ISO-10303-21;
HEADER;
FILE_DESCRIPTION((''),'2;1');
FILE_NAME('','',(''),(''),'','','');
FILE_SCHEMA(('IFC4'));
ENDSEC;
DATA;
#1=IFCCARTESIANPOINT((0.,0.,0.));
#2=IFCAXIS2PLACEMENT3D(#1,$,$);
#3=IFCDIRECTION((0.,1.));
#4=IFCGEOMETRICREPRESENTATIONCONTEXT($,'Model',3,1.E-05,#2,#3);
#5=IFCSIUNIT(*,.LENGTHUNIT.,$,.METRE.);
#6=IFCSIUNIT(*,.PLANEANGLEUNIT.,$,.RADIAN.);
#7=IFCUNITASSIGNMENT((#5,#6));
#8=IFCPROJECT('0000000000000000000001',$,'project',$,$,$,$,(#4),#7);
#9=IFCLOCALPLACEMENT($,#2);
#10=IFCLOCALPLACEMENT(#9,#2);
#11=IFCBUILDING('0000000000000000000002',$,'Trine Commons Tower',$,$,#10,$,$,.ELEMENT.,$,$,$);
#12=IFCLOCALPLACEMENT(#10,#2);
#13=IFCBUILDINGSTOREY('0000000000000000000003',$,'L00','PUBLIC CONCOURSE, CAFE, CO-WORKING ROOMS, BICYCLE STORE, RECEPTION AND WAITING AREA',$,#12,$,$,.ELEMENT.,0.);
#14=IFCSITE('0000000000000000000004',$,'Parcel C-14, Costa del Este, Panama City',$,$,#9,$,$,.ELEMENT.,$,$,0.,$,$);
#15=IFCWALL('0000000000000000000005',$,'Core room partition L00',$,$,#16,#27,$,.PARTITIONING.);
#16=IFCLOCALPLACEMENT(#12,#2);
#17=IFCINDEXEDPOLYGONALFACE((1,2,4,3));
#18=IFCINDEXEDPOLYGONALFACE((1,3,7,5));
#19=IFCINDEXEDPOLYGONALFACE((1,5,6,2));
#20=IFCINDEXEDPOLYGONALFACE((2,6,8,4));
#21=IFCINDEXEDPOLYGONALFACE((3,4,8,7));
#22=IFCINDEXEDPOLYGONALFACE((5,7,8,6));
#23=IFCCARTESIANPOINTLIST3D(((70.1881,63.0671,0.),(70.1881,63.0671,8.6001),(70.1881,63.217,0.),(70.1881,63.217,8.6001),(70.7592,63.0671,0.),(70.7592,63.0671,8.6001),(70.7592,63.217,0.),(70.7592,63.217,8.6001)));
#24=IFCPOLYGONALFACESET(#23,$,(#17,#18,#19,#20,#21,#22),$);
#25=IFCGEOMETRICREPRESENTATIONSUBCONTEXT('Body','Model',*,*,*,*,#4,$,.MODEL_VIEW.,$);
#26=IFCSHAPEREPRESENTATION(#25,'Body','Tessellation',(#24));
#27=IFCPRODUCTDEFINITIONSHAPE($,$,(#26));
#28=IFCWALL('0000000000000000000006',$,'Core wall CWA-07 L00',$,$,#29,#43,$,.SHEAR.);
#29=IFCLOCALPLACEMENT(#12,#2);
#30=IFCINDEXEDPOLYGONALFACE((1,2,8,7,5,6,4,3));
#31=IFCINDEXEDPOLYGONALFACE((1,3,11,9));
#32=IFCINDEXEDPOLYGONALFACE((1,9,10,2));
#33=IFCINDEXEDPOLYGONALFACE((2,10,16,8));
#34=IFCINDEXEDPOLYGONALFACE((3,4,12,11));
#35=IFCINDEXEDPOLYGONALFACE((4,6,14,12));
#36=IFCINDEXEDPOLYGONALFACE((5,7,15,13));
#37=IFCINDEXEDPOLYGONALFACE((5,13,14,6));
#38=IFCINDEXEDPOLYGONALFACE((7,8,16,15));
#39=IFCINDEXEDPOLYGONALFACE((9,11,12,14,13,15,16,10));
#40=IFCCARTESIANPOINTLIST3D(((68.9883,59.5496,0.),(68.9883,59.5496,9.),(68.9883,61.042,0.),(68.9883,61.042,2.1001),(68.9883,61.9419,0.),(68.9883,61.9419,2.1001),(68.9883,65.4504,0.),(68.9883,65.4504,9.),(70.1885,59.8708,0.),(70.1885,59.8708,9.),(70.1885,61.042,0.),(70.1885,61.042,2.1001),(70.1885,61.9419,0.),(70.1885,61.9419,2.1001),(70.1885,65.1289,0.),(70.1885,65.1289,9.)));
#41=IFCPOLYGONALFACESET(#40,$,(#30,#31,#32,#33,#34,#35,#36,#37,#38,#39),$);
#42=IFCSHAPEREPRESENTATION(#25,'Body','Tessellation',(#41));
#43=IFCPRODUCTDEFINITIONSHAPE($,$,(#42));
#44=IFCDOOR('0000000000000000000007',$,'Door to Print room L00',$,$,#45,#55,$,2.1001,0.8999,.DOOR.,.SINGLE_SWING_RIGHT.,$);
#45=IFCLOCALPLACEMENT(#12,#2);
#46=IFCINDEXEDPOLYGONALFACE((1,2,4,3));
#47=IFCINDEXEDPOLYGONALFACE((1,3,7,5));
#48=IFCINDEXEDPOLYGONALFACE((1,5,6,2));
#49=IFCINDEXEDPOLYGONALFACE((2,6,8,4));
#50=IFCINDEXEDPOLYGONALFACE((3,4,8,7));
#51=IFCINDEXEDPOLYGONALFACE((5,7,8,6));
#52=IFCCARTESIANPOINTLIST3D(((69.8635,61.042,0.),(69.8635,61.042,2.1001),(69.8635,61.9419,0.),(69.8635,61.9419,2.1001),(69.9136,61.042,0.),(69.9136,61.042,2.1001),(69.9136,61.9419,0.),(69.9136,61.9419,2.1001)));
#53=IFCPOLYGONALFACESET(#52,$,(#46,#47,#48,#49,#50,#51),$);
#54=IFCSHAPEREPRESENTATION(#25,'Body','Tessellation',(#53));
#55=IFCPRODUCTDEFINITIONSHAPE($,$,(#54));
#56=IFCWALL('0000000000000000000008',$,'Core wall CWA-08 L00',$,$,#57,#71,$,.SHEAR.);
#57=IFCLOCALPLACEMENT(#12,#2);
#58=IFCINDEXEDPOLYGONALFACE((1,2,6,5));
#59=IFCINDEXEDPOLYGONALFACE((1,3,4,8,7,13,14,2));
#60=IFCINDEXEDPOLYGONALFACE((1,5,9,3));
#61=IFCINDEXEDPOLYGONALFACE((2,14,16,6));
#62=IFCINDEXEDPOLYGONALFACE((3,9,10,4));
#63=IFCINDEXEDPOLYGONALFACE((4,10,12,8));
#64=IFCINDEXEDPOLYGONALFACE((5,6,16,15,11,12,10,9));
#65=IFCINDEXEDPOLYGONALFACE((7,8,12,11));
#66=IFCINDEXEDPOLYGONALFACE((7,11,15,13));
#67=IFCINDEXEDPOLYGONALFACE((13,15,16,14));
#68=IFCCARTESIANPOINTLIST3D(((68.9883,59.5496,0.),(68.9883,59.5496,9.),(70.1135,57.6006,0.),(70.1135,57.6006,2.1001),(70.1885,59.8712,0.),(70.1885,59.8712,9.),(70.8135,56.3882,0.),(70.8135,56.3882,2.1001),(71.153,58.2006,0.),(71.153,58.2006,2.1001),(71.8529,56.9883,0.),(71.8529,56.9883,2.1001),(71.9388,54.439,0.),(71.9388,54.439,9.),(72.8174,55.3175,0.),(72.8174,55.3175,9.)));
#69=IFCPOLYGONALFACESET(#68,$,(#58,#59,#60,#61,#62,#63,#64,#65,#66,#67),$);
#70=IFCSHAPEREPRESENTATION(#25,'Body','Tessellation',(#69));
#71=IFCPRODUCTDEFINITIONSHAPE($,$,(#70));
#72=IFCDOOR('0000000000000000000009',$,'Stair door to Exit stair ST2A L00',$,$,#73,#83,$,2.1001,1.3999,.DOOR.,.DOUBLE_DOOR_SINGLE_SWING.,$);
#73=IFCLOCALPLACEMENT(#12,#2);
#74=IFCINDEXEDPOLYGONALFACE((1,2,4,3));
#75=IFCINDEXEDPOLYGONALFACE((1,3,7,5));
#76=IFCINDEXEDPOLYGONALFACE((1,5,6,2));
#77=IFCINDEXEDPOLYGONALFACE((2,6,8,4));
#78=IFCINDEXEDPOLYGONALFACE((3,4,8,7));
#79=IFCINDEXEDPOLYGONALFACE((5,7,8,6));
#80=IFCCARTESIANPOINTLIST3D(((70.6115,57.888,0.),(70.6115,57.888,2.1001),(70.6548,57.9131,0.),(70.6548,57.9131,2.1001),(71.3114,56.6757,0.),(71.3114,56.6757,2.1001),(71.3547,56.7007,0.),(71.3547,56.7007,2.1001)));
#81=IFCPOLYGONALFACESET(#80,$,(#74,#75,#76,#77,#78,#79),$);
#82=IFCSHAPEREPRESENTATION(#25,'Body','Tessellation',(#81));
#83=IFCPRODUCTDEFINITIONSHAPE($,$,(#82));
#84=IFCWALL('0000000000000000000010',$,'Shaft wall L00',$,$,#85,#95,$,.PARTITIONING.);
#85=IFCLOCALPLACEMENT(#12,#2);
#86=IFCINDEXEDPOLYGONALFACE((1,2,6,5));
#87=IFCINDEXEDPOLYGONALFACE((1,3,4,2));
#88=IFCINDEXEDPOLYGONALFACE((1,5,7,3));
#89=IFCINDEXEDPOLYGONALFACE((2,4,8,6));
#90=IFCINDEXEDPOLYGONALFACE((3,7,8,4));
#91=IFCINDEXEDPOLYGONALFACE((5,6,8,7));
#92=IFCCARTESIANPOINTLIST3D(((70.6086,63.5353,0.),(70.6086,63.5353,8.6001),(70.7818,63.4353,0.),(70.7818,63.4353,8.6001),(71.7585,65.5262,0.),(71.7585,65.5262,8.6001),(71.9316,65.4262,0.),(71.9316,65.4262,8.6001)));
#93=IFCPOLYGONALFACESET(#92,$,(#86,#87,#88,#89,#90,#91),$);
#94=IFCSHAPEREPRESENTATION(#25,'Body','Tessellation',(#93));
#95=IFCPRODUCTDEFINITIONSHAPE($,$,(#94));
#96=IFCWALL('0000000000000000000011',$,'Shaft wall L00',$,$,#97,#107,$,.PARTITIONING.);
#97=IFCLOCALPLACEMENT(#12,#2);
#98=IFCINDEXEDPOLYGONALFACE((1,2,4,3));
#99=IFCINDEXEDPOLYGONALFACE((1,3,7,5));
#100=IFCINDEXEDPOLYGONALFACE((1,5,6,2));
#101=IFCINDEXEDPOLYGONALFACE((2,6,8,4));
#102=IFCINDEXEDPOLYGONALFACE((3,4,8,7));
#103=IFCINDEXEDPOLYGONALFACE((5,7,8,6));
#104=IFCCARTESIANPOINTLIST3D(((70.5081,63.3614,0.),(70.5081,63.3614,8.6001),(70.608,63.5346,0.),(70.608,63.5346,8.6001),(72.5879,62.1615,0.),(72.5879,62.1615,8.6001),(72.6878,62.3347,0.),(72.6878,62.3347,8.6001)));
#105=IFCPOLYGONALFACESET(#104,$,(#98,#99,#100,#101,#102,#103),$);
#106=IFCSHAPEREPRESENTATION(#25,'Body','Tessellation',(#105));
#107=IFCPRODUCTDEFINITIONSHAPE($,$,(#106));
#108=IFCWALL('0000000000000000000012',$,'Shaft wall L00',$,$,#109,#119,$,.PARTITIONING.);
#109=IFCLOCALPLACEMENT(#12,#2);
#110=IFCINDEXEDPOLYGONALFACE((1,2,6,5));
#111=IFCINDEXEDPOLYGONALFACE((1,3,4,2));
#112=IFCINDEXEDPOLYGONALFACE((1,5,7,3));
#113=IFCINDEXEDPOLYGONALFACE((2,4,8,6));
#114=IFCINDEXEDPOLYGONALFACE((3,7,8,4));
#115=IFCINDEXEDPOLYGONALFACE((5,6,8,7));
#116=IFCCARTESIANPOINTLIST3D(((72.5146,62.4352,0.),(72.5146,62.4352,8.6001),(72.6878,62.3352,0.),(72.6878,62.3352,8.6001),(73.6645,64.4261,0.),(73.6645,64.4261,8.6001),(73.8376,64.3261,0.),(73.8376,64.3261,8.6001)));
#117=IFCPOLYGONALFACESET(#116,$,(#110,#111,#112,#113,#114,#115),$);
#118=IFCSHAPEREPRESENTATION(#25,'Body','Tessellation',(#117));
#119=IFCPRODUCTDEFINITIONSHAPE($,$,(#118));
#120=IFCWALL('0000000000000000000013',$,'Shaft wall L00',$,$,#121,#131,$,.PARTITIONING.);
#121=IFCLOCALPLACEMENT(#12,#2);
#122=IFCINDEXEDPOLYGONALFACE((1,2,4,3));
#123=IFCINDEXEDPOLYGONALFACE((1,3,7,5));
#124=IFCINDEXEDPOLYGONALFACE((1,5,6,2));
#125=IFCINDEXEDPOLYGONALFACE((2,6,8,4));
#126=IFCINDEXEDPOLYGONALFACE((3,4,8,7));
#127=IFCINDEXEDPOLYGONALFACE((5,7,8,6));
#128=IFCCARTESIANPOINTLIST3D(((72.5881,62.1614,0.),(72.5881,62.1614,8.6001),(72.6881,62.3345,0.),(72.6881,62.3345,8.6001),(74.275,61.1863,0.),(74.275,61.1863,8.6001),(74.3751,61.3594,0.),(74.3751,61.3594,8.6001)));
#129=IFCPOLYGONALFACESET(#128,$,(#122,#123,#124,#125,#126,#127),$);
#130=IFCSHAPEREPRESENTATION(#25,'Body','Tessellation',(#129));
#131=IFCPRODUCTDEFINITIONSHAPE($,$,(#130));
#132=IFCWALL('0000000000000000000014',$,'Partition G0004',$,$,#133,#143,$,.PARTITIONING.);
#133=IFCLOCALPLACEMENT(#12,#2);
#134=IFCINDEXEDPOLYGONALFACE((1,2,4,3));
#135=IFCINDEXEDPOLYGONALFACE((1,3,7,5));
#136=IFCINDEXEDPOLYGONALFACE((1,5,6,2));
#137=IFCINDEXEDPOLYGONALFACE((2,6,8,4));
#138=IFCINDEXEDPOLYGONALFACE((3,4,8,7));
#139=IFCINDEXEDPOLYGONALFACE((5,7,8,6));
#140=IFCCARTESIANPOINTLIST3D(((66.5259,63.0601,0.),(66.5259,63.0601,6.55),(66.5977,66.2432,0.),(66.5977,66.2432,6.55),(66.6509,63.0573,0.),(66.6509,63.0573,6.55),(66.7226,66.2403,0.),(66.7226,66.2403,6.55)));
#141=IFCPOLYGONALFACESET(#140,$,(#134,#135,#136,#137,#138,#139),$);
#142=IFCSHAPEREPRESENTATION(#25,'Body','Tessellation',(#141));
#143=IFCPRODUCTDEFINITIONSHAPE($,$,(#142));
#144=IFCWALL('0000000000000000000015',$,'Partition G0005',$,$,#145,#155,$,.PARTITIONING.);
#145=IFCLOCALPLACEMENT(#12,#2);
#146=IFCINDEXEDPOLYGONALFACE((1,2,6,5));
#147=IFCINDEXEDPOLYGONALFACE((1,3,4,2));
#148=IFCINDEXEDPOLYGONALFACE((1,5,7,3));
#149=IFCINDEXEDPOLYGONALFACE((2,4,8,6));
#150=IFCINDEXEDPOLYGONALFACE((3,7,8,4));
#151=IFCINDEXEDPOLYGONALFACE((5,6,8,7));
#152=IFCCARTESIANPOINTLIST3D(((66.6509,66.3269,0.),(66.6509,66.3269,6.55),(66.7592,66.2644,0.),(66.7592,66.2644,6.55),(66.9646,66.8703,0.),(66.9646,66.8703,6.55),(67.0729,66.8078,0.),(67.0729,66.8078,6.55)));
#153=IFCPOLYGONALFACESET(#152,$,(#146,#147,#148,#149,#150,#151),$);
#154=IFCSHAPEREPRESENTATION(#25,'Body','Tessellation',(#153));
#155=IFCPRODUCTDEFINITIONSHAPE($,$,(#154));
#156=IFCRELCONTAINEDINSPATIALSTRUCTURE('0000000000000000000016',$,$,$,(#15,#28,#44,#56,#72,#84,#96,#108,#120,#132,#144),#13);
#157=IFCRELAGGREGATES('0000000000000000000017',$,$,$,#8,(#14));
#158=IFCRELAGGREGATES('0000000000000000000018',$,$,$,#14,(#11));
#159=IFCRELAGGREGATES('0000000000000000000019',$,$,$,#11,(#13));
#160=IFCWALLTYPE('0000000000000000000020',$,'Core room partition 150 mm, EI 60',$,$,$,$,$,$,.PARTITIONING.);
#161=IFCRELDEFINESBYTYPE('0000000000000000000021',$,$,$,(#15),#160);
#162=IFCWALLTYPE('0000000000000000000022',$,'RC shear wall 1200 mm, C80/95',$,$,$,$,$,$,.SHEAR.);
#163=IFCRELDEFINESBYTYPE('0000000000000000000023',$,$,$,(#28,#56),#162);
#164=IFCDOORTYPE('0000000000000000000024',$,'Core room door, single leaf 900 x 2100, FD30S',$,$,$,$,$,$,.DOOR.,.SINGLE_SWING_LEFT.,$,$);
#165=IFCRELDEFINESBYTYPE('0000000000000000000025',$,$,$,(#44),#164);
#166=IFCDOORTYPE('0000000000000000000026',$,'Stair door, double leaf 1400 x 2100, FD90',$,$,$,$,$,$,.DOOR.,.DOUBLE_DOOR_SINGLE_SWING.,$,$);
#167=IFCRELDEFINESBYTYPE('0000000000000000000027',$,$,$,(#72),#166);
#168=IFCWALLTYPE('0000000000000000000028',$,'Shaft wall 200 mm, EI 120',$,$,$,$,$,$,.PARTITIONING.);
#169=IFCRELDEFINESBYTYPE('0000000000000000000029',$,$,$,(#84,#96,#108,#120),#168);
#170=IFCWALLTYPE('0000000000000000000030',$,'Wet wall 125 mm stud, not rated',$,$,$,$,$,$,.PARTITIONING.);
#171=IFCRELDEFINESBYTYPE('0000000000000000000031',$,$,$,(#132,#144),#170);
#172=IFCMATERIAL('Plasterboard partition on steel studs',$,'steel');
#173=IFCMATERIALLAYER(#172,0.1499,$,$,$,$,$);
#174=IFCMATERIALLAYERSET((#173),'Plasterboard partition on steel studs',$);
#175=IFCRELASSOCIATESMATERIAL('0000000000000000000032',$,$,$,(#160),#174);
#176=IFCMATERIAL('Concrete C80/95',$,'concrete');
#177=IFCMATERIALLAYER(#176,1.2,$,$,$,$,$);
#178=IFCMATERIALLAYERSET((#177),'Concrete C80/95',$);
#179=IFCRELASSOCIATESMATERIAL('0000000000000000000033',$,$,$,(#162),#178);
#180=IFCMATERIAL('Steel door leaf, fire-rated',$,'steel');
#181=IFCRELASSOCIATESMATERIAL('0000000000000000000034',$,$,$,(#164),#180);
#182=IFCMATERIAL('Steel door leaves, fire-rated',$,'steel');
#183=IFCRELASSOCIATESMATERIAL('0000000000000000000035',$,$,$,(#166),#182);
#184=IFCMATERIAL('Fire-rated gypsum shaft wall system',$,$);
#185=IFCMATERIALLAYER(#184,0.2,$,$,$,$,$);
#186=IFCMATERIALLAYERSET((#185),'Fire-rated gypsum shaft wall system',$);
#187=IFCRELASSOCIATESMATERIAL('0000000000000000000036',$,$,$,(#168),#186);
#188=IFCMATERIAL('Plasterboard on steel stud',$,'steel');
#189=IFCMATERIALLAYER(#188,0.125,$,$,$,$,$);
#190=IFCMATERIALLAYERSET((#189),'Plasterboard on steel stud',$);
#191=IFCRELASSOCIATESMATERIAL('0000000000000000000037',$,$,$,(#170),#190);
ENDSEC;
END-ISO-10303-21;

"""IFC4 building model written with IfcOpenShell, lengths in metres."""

from ifc_helpers import new_model, si_unit, direction, frame, frame_2d, origin, place, context, subcontext, project, spatial, polyline, rectangle, outline, extrude, material, layer, layer_set, type_object, element, fill, save


model = new_model("IFC4")

# Units and contexts
model_context = context("Model", 3, precision=1e-05, world=origin(), true_north=direction((0.0, 1.0)))
body_context = subcontext(model_context, "Body", "Model", "MODEL_VIEW")
ifc_project = project(units=[si_unit("LENGTHUNIT", "METRE"), si_unit("PLANEANGLEUNIT", "RADIAN")], contexts=[model_context])

# Site, building, storey
site_placement = place(None, origin())
site = spatial("IfcSite", under=ifc_project, at=site_placement, Name="Parcel C-14, Costa del Este, Panama City", CompositionType="ELEMENT", RefElevation=0.0)
building_placement = place(site_placement, origin())
building = spatial("IfcBuilding", under=site, at=building_placement, Name="Trine Commons Tower", CompositionType="ELEMENT")
storey_placement = place(building_placement, origin())
storey = spatial("IfcBuildingStorey", under=building, at=storey_placement, Name="L00", Description="PUBLIC CONCOURSE, CAFE, CO-WORKING ROOMS, BICYCLE STORE, RECEPTION AND WAITING AREA", CompositionType="ELEMENT", Elevation=0.0)

# Wall
ifc_material_1 = material(Name="Plasterboard partition on steel studs", Category="steel")
ifc_layer_1 = layer(ifc_material_1, 0.1499)
ifc_layer_set_1 = layer_set([ifc_layer_1], Name="Plasterboard partition on steel studs")
wall_type_1 = type_object("IfcWallType", Name="Core room partition 150 mm, EI 60", PredefinedType="PARTITIONING", material=ifc_layer_set_1)
wall_1_placement = place(storey_placement, frame((70.188, 63.1421, 0.0), z_axis=(0.0, 0.0, 1.0), x_axis=(1.0, 0.0, 0.0)))
element("IfcWall", 1, at=wall_1_placement, inside=storey, type_object=wall_type_1, Name="Core room partition L00", PredefinedType="PARTITIONING", context=body_context, shape_type="SweptSolid", body=[
    extrude(rectangle(XDim=0.571, YDim=0.1499, at=frame_2d((0.2856, 0.0))), origin(), (0.0, 0.0, 1.0), 8.6001),
])

# Walls, openings, doors
ifc_material_2 = material(Name="Concrete C80/95", Category="concrete")
ifc_layer_2 = layer(ifc_material_2, 1.2)
ifc_layer_set_2 = layer_set([ifc_layer_2], Name="Concrete C80/95")
wall_type_2 = type_object("IfcWallType", Name="RC shear wall 1200 mm, C80/95", PredefinedType="SHEAR", material=ifc_layer_set_2)
wall_2_placement = place(storey_placement, frame((69.5884, 65.4504, 0.0), z_axis=(0.0, 0.0, 1.0), x_axis=(0.0, -1.0, 0.0)))
wall_2 = element("IfcWall", 2, at=wall_2_placement, inside=storey, type_object=wall_type_2, Name="Core wall CWA-07 L00", PredefinedType="SHEAR", context=body_context, shape_type="SweptSolid", body=[
    extrude(outline(polyline([(0.0, -0.6001), (5.9009, -0.6001), (5.5796, 0.6001), (0.3215, 0.6001), (0.0, -0.6001)])), origin(), (0.0, 0.0, 1.0), 9.0),
])
opening_1_placement = place(wall_2_placement, frame((3.5085, 0.0, 0.0)))
opening_1 = element("IfcOpeningElement", 3, at=opening_1_placement, cuts=wall_2, PredefinedType="OPENING", context=body_context, shape_type="SweptSolid", body=[
    extrude(rectangle(XDim=0.8999, YDim=2.1001, at=frame_2d((0.45, 1.05))), frame((0.0, 0.6099, 0.0), z_axis=(0.0, -1.0, 0.0), x_axis=(1.0, 0.0, 0.0)), (0.0, 0.0, 1.0), 1.22),
])
ifc_material_3 = material(Name="Steel door leaf, fire-rated", Category="steel")
door_type_1 = type_object("IfcDoorType", Name="Core room door, single leaf 900 x 2100, FD30S", OperationType="SINGLE_SWING_LEFT", PredefinedType="DOOR", material=ifc_material_3)
door_1_placement = place(opening_1_placement, origin())
door_1 = element("IfcDoor", 4, at=door_1_placement, inside=storey, type_object=door_type_1, Name="Door to Print room L00", OperationType="SINGLE_SWING_RIGHT", OverallHeight=2.1001, OverallWidth=0.8999, PredefinedType="DOOR", context=body_context, shape_type="SweptSolid", body=[
    extrude(rectangle(XDim=0.8999, YDim=2.1001, at=frame_2d((0.45, 1.05))), frame((0.0, 0.3252, 0.0), z_axis=(0.0, -1.0, 0.0), x_axis=(1.0, 0.0, 0.0)), (0.0, 0.0, 1.0), 0.05),
])
fill(opening_1, door_1)
wall_3_placement = place(storey_placement, frame((69.5081, 59.8496, 0.0), z_axis=(0.0, 0.0, 1.0), x_axis=(0.499979, -0.866037, 0.0)))
wall_3 = element("IfcWall", 5, at=wall_3_placement, inside=storey, type_object=wall_type_2, Name="Core wall CWA-08 L00", PredefinedType="SHEAR", context=body_context, shape_type="SweptSolid", body=[
    extrude(outline(polyline([(0.0, -0.6001), (5.9011, -0.6001), (5.5796, 0.6001), (0.3215, 0.6001), (0.0, -0.6001)])), origin(), (0.0, 0.0, 1.0), 9.0),
])
opening_2_placement = place(wall_3_placement, frame((2.2505, 0.0, 0.0)))
opening_2 = element("IfcOpeningElement", 6, at=opening_2_placement, cuts=wall_3, PredefinedType="OPENING", context=body_context, shape_type="SweptSolid", body=[
    extrude(rectangle(XDim=1.3999, YDim=2.1001, at=frame_2d((0.7, 1.05))), frame((0.0, 0.6099, 0.0), z_axis=(0.0, -1.0, 0.0), x_axis=(1.0, 0.0, 0.0)), (0.0, 0.0, 1.0), 1.22),
])
ifc_material_4 = material(Name="Steel door leaves, fire-rated", Category="steel")
door_type_2 = type_object("IfcDoorType", Name="Stair door, double leaf 1400 x 2100, FD90", OperationType="DOUBLE_DOOR_SINGLE_SWING", PredefinedType="DOOR", material=ifc_material_4)
door_2_placement = place(opening_2_placement, origin())
door_2 = element("IfcDoor", 7, at=door_2_placement, inside=storey, type_object=door_type_2, Name="Stair door to Exit stair ST2A L00", OperationType="DOUBLE_DOOR_SINGLE_SWING", OverallHeight=2.1001, OverallWidth=1.3999, PredefinedType="DOOR", context=body_context, shape_type="SweptSolid", body=[
    extrude(rectangle(XDim=1.3999, YDim=2.1001, at=frame_2d((0.7, 1.05))), frame((0.0, 0.0249, 0.0), z_axis=(0.0, -1.0, 0.0), x_axis=(1.0, 0.0, 0.0)), (0.0, 0.0, 1.0), 0.05),
])
fill(opening_2, door_2)

# Walls
ifc_material_5 = material(Name="Fire-rated gypsum shaft wall system")
ifc_layer_3 = layer(ifc_material_5, 0.2)
ifc_layer_set_3 = layer_set([ifc_layer_3], Name="Fire-rated gypsum shaft wall system")
wall_type_3 = type_object("IfcWallType", Name="Shaft wall 200 mm, EI 120", PredefinedType="PARTITIONING", material=ifc_layer_set_3)
wall_4_placement = place(storey_placement, frame((71.845, 65.4761, 0.0), z_axis=(0.0, 0.0, 1.0), x_axis=(-0.500136, -0.865947, 0.0)))
element("IfcWall", 8, at=wall_4_placement, inside=storey, type_object=wall_type_3, Name="Shaft wall L00", PredefinedType="PARTITIONING", context=body_context, shape_type="SweptSolid", body=[
    extrude(rectangle(XDim=2.2991, YDim=0.2, at=frame_2d((1.1494, 0.0))), origin(), (0.0, 0.0, 1.0), 8.6001),
])
wall_5_placement = place(storey_placement, frame((72.6379, 62.248, 0.0), z_axis=(0.0, 0.0, 1.0), x_axis=(-0.866177, 0.499737, 0.0)))
element("IfcWall", 9, at=wall_5_placement, inside=storey, type_object=wall_type_3, Name="Shaft wall L00", PredefinedType="PARTITIONING", context=body_context, shape_type="SweptSolid", body=[
    extrude(rectangle(XDim=2.4011, YDim=0.2, at=frame_2d((1.2007, 0.0))), origin(), (0.0, 0.0, 1.0), 8.6001),
])
wall_6_placement = place(storey_placement, frame((73.751, 64.376, 0.0), z_axis=(0.0, 0.0, 1.0), x_axis=(-0.500136, -0.865947, 0.0)))
element("IfcWall", 10, at=wall_6_placement, inside=storey, type_object=wall_type_3, Name="Shaft wall L00", PredefinedType="PARTITIONING", context=body_context, shape_type="SweptSolid", body=[
    extrude(rectangle(XDim=2.2991, YDim=0.2, at=frame_2d((1.1494, 0.0))), origin(), (0.0, 0.0, 1.0), 8.6001),
])
wall_7_placement = place(storey_placement, frame((74.325, 61.2729, 0.0), z_axis=(0.0, 0.0, 1.0), x_axis=(-0.865781, 0.500424, 0.0)))
element("IfcWall", 11, at=wall_7_placement, inside=storey, type_object=wall_type_3, Name="Shaft wall L00", PredefinedType="PARTITIONING", context=body_context, shape_type="SweptSolid", body=[
    extrude(rectangle(XDim=1.9485, YDim=0.2, at=frame_2d((0.9741, 0.0))), origin(), (0.0, 0.0, 1.0), 8.6001),
])
ifc_material_6 = material(Name="Plasterboard on steel stud", Category="steel")
ifc_layer_4 = layer(ifc_material_6, 0.125)
ifc_layer_set_4 = layer_set([ifc_layer_4], Name="Plasterboard on steel stud")
wall_type_4 = type_object("IfcWallType", Name="Wet wall 125 mm stud, not rated", PredefinedType="PARTITIONING", material=ifc_layer_set_4)
wall_8_placement = place(storey_placement, frame((66.5884, 63.0588, 0.0), z_axis=(0.0, 0.0, 1.0), x_axis=(0.022544, 0.999746, 0.0)))
element("IfcWall", 12, at=wall_8_placement, inside=storey, type_object=wall_type_4, Name="Partition G0004", PredefinedType="PARTITIONING", context=body_context, shape_type="SweptSolid", body=[
    extrude(rectangle(XDim=3.1838, YDim=0.125, at=frame_2d((1.5918, 0.0))), origin(), (0.0, 0.0, 1.0), 6.55),
])
wall_9_placement = place(storey_placement, frame((66.7051, 66.2957, 0.0), z_axis=(0.0, 0.0, 1.0), x_axis=(0.499947, 0.866056, 0.0)))
element("IfcWall", 13, at=wall_9_placement, inside=storey, type_object=wall_type_4, Name="Partition G0005", PredefinedType="PARTITIONING", context=body_context, shape_type="SweptSolid", body=[
    extrude(rectangle(XDim=0.6274, YDim=0.125, at=frame_2d((0.3137, 0.0))), origin(), (0.0, 0.0, 1.0), 6.55),
])

save(model, "model.ifc")
